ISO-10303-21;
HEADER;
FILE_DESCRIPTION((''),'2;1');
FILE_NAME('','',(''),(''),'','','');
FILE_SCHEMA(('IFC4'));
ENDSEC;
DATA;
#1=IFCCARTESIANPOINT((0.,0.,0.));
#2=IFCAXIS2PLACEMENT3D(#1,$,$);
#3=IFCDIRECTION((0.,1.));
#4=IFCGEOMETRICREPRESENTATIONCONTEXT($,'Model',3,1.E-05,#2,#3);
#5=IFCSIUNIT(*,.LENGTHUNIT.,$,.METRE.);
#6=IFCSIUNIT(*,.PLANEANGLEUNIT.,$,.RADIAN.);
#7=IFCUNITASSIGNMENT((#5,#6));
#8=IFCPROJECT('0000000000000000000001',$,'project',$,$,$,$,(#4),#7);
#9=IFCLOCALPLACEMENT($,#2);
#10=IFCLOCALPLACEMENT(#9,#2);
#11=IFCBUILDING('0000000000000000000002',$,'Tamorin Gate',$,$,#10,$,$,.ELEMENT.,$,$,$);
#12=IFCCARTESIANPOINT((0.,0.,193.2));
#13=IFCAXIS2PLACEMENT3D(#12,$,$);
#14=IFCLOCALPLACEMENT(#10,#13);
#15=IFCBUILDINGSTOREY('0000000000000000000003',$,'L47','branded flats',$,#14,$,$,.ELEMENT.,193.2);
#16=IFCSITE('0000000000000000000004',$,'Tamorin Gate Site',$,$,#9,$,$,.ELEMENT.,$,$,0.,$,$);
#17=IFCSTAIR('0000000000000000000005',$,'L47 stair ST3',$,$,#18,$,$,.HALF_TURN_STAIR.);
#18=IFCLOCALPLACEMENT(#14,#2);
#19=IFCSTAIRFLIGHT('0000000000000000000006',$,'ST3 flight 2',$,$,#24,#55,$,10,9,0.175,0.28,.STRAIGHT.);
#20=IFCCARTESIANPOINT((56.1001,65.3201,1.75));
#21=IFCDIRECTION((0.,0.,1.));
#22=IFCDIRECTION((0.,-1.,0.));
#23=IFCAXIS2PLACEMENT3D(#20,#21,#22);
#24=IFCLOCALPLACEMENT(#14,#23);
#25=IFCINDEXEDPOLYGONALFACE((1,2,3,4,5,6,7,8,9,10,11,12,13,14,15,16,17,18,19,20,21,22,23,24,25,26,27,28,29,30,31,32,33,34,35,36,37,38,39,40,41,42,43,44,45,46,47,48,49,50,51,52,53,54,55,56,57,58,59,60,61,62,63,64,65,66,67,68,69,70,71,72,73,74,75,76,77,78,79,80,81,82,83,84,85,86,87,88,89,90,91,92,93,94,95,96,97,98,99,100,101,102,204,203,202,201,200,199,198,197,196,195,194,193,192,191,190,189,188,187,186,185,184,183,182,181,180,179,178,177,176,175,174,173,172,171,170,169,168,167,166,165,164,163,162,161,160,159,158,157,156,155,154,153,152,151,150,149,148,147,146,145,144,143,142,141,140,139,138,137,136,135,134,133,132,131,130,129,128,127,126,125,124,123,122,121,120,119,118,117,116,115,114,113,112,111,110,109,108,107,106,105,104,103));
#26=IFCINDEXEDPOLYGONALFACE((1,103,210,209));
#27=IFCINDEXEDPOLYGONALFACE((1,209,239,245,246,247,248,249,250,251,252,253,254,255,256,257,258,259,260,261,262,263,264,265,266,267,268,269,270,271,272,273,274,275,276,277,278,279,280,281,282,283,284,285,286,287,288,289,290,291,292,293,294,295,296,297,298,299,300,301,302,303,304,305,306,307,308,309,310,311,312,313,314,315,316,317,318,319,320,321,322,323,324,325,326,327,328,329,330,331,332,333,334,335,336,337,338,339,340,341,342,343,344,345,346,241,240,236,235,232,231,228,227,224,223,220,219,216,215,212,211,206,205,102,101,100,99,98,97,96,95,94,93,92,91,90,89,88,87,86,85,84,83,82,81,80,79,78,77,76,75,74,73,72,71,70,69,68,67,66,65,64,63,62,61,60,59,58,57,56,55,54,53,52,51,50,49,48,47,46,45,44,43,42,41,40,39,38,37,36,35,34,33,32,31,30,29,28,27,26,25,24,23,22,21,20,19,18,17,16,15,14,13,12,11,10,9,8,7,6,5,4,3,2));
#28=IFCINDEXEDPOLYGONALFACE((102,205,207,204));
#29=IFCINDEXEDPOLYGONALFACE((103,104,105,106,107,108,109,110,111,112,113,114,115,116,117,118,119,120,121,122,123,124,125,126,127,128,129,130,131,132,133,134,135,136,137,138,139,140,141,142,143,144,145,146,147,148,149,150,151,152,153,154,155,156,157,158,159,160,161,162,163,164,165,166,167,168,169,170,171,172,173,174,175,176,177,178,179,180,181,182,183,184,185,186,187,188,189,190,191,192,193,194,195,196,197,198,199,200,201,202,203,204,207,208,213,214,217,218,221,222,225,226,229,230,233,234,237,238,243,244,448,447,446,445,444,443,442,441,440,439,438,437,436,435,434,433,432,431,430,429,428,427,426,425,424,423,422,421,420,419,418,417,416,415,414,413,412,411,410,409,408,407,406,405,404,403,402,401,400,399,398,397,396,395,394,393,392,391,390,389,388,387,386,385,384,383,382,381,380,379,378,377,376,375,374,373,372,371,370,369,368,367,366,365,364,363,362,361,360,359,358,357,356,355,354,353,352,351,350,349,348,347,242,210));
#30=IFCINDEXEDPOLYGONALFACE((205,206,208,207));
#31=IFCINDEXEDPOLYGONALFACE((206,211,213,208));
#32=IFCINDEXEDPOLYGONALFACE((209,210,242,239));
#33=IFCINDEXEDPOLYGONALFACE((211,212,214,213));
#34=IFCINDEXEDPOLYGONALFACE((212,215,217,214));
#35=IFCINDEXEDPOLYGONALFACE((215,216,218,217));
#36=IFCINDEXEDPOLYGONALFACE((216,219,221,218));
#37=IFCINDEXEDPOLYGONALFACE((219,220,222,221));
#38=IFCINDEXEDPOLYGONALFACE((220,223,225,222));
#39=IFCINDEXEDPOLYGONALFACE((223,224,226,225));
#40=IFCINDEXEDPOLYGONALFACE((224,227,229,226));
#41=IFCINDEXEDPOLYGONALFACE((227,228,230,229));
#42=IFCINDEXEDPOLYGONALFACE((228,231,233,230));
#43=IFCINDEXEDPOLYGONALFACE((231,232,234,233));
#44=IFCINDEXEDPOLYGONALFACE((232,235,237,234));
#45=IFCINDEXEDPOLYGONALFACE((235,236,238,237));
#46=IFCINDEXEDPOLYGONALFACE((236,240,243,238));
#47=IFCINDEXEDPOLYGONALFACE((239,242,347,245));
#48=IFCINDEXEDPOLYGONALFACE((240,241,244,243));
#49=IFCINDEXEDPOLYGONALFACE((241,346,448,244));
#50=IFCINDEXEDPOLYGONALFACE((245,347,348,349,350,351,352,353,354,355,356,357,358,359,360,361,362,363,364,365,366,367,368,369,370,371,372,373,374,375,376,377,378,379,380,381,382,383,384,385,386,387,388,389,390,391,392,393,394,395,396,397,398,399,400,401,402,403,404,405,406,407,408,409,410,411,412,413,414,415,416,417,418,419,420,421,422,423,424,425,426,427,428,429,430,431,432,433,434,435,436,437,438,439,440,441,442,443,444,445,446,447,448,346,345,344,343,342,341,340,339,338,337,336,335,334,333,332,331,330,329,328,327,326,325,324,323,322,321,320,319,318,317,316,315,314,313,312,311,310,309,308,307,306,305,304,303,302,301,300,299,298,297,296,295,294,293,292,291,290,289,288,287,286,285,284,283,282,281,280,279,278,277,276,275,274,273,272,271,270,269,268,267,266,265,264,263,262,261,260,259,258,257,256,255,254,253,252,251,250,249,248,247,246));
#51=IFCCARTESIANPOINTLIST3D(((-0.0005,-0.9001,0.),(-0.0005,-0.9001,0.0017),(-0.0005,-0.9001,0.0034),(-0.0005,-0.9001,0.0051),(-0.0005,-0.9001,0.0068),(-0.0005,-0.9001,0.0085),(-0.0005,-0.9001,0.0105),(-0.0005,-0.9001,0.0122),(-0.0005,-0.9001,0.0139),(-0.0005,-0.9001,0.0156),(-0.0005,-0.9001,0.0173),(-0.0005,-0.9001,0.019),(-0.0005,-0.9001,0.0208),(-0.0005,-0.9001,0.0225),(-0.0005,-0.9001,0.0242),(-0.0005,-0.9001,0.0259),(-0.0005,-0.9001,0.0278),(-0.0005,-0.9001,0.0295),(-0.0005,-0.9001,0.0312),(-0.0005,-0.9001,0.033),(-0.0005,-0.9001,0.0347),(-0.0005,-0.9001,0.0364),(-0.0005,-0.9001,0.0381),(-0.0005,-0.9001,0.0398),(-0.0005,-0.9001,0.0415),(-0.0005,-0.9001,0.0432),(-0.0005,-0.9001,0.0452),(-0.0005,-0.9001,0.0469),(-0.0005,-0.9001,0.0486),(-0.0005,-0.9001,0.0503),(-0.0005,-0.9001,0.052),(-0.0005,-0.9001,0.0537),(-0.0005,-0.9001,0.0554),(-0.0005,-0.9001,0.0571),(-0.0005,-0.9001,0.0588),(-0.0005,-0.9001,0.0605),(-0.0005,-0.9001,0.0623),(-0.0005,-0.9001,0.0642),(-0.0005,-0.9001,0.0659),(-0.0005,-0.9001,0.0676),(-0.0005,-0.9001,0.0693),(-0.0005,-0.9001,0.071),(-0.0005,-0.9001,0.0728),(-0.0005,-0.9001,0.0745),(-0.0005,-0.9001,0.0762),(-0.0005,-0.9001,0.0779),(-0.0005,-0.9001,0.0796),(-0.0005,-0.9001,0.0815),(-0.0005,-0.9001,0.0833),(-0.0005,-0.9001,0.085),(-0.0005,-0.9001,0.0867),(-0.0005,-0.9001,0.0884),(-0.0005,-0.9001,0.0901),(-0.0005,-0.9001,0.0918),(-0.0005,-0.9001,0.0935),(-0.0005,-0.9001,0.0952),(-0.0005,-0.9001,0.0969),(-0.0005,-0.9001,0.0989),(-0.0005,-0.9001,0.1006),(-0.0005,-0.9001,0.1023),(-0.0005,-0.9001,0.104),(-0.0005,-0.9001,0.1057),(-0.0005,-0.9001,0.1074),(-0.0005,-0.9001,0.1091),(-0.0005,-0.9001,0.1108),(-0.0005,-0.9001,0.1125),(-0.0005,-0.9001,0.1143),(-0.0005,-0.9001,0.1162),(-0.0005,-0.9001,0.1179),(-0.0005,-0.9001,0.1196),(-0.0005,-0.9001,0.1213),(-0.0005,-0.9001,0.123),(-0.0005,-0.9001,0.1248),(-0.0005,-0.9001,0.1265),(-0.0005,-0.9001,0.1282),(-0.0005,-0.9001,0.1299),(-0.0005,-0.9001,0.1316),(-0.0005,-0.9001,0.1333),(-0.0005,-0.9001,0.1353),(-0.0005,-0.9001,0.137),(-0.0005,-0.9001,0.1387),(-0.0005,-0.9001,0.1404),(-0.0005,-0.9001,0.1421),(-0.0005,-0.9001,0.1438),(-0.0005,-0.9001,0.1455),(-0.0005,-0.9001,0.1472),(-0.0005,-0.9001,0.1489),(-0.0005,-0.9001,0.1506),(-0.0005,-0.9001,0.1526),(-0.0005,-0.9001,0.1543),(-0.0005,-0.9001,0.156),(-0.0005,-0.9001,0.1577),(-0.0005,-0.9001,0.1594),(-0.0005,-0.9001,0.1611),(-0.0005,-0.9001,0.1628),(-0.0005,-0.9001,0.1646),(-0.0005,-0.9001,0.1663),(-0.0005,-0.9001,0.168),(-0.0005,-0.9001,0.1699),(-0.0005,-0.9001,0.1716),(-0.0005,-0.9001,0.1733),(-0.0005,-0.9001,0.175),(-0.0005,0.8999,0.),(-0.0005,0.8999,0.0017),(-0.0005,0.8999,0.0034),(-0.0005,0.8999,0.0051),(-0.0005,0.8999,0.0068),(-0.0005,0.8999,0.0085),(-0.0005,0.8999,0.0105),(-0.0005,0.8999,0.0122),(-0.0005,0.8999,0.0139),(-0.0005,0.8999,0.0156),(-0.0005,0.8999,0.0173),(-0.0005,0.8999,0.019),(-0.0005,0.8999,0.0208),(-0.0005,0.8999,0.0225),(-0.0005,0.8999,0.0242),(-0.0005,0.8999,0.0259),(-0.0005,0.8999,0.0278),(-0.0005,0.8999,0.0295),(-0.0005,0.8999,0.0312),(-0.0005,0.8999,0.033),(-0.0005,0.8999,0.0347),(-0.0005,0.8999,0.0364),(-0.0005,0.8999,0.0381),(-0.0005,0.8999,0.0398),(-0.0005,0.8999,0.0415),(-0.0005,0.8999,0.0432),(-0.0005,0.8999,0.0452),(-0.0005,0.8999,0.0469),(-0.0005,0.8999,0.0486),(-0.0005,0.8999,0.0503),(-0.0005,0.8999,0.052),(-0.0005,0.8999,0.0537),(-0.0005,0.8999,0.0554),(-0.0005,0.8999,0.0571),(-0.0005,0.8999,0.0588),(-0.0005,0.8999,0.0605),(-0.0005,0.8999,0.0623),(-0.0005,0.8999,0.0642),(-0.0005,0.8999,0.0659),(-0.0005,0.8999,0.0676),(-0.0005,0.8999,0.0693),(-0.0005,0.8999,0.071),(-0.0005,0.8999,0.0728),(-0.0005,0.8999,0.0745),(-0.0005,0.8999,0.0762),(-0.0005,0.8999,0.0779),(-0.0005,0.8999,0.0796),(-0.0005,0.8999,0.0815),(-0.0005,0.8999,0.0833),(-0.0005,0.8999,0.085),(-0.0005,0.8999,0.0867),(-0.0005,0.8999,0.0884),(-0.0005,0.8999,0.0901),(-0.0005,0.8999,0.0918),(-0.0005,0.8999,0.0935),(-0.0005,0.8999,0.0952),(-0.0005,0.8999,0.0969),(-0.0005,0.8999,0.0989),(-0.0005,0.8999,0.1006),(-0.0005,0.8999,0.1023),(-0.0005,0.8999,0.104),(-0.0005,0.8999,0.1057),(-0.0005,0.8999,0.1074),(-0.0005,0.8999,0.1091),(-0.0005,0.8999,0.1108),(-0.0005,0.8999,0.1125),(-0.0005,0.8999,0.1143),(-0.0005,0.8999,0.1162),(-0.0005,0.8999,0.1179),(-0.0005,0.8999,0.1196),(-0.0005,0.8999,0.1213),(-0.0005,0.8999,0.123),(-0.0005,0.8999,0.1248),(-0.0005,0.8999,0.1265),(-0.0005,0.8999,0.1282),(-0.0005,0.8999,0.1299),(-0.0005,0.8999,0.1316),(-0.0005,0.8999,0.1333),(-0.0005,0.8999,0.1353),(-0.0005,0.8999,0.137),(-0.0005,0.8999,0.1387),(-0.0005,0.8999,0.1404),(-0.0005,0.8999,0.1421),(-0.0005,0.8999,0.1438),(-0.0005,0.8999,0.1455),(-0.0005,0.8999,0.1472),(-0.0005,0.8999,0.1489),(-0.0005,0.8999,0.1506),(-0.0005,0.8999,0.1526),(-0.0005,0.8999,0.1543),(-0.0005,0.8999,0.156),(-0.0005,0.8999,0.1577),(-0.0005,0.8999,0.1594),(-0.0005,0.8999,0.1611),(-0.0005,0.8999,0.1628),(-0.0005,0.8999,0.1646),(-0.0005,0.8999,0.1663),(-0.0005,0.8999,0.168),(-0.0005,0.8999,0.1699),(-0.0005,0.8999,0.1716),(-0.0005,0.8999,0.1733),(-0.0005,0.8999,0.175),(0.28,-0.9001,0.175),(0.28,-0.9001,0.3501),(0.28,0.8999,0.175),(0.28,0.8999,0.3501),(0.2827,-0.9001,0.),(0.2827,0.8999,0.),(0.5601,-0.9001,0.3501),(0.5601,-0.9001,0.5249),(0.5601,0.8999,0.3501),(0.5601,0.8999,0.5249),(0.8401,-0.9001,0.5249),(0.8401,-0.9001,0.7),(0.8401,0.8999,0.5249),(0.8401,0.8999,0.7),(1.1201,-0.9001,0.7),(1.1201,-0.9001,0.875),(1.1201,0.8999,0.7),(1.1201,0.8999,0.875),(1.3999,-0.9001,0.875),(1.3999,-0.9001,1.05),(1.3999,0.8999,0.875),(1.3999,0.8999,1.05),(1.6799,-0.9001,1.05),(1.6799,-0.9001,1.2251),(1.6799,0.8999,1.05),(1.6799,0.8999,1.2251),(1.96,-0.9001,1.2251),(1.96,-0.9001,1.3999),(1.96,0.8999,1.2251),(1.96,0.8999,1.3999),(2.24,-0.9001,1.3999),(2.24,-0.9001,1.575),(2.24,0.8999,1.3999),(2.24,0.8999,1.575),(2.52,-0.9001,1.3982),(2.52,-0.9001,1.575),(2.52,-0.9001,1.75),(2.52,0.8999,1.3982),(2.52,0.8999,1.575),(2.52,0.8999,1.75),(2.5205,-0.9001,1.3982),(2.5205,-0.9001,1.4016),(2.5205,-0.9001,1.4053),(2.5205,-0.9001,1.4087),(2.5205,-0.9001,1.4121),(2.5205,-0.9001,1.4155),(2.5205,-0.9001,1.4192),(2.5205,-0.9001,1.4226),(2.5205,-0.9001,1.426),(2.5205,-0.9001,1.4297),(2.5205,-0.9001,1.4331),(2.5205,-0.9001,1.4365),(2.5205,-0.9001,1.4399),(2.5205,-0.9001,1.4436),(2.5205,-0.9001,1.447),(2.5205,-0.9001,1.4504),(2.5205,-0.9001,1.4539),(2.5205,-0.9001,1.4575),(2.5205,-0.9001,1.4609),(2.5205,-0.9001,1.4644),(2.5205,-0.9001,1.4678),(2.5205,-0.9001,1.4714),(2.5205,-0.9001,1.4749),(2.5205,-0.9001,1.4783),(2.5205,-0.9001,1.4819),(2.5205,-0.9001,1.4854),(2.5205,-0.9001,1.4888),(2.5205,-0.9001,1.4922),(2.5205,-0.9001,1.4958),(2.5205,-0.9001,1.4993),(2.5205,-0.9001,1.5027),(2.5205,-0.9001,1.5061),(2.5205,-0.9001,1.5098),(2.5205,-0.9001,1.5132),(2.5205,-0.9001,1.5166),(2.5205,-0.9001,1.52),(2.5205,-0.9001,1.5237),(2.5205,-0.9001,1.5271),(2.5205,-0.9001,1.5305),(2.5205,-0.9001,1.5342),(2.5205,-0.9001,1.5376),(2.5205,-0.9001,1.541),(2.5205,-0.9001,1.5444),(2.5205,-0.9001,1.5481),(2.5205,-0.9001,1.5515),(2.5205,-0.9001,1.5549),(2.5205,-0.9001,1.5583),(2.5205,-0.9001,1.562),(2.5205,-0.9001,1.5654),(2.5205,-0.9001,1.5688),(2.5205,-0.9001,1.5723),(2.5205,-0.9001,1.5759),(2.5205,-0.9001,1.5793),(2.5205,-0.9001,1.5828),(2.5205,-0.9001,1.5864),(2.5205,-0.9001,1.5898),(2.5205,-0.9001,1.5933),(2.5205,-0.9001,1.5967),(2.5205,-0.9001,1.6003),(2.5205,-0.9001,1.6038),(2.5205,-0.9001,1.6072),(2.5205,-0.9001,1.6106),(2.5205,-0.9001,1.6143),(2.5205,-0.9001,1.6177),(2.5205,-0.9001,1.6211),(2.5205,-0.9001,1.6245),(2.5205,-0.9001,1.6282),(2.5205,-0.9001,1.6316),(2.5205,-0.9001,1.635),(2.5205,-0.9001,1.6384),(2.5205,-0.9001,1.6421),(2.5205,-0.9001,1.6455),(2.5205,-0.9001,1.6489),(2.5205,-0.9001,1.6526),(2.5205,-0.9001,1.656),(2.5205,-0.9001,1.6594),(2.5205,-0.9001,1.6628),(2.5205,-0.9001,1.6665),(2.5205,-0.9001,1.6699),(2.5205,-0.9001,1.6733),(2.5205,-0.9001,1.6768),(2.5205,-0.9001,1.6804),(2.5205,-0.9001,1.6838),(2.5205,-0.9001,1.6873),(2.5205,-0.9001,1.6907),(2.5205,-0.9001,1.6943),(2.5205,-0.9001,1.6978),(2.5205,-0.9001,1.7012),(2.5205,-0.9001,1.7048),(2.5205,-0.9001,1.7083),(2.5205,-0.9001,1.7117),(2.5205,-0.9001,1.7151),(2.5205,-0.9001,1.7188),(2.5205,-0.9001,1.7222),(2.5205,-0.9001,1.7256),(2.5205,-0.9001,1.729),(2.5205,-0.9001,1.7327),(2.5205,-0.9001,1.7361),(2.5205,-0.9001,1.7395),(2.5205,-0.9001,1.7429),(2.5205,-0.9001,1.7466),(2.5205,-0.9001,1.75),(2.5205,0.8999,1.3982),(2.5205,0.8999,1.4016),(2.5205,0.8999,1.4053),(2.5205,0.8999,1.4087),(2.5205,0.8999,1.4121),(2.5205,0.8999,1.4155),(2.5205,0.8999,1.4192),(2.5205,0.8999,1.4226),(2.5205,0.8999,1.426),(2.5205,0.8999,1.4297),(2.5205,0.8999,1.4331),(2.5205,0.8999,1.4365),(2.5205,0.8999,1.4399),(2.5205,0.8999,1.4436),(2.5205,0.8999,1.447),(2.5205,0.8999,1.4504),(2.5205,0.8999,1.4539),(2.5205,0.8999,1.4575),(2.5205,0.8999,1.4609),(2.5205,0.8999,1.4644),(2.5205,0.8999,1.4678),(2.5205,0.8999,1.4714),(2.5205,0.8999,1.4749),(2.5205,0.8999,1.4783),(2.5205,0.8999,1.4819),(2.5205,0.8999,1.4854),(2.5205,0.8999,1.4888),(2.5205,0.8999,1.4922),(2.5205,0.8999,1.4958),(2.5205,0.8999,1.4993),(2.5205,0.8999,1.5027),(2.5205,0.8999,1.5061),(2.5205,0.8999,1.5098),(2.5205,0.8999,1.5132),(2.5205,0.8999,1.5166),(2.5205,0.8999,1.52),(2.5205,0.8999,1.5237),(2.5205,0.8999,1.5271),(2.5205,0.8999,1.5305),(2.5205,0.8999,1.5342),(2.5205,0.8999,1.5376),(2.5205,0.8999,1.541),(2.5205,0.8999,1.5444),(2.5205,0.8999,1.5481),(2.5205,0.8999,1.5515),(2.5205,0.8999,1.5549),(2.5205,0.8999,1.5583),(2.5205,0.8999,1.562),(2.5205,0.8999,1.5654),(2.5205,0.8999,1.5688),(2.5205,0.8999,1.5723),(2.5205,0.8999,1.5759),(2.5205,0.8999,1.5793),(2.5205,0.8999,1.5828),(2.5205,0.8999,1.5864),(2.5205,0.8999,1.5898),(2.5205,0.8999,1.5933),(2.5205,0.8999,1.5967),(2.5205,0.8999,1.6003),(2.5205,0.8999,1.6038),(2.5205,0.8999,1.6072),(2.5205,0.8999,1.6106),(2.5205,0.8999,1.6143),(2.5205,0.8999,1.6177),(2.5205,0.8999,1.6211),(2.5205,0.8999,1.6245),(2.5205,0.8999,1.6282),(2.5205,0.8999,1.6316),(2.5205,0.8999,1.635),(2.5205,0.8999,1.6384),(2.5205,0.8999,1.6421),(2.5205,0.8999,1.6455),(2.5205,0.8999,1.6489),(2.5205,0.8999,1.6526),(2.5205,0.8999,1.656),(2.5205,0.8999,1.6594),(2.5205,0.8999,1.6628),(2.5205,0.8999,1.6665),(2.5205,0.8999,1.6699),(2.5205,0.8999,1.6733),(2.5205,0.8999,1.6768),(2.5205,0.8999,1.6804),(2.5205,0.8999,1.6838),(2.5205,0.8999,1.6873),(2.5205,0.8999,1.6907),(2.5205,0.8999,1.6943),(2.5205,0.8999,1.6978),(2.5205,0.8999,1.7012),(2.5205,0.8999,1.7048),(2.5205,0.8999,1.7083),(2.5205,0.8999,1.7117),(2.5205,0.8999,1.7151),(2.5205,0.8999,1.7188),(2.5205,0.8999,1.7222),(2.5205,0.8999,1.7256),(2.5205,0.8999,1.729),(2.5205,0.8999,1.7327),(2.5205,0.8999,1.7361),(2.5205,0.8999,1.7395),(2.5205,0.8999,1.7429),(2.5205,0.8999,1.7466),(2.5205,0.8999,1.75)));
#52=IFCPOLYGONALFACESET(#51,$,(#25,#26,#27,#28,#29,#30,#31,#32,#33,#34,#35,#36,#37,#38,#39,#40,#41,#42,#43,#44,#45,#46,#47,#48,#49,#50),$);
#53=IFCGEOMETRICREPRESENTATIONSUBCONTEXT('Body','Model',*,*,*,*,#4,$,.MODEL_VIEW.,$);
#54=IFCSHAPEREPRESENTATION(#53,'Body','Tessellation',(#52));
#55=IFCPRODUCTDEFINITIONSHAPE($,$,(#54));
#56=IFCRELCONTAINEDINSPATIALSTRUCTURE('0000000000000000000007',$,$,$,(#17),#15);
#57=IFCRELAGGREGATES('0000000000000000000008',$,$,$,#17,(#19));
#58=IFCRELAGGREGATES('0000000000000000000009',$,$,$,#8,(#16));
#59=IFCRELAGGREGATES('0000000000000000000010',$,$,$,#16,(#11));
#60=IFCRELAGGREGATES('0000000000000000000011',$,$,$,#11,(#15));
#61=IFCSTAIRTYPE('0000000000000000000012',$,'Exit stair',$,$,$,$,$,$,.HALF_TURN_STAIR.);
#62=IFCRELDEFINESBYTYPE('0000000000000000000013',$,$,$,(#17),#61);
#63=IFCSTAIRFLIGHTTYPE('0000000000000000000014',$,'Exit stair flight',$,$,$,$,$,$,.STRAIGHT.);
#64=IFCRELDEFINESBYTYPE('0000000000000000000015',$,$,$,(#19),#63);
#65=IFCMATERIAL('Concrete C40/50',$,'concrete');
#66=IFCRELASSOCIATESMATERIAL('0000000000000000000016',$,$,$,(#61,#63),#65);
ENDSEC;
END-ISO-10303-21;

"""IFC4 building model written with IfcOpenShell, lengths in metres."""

from ifc_helpers import new_model, si_unit, direction, frame, origin, place, context, subcontext, project, spatial, polyline, outline, extrude, material, type_object, element, aggregate, save


model = new_model("IFC4")

# Units and contexts
model_context = context("Model", 3, precision=1e-05, world=origin(), true_north=direction((0.0, 1.0)))
body_context = subcontext(model_context, "Body", "Model", "MODEL_VIEW")
ifc_project = project(units=[si_unit("LENGTHUNIT", "METRE"), si_unit("PLANEANGLEUNIT", "RADIAN")], contexts=[model_context])

# Site, building, storey
site_placement = place(None, origin())
site = spatial("IfcSite", under=ifc_project, at=site_placement, Name="Tamorin Gate Site", CompositionType="ELEMENT", RefElevation=0.0)
building_placement = place(site_placement, origin())
building = spatial("IfcBuilding", under=site, at=building_placement, Name="Tamorin Gate", CompositionType="ELEMENT")
storey_placement = place(building_placement, frame((0.0, 0.0, 193.2)))
storey = spatial("IfcBuildingStorey", under=building, at=storey_placement, Name="L47", Description="branded flats", CompositionType="ELEMENT", Elevation=193.2)

# Shared definitions
ifc_material_1 = material(Name="Concrete C40/50", Category="concrete")

# Stair, stair flight
stair_type = type_object("IfcStairType", Name="Exit stair", PredefinedType="HALF_TURN_STAIR", material=ifc_material_1)
stair_placement = place(storey_placement, origin())
stair = element("IfcStair", 1, at=stair_placement, inside=storey, type_object=stair_type, Name="L47 stair ST3", PredefinedType="HALF_TURN_STAIR")
stair_flight_type = type_object("IfcStairFlightType", Name="Exit stair flight", PredefinedType="STRAIGHT", material=ifc_material_1)
stair_flight_1_placement = place(storey_placement, frame((56.1001, 65.3201, 1.75), z_axis=(0.0, 0.0, 1.0), x_axis=(0.0, -1.0, 0.0)))
stair_flight_1 = element("IfcStairFlight", 2, at=stair_flight_1_placement, type_object=stair_flight_type, Name="ST3 flight 2", NumberOfRisers=10, NumberOfTreads=9, PredefinedType="STRAIGHT", RiserHeight=0.175, TreadLength=0.28, context=body_context, shape_type="SweptSolid", body=[
    extrude(outline(polyline([(-0.0005, 0.0), (-0.0005, 0.0017), (-0.0005, 0.0034), (-0.0005, 0.0051), (-0.0005, 0.0068), (-0.0005, 0.0085), (-0.0005, 0.0105), (-0.0005, 0.0122), (-0.0005, 0.0139), (-0.0005, 0.0156), (-0.0005, 0.0173), (-0.0005, 0.019), (-0.0005, 0.0208), (-0.0005, 0.0225), (-0.0005, 0.0242), (-0.0005, 0.0259), (-0.0005, 0.0278), (-0.0005, 0.0295), (-0.0005, 0.0312), (-0.0005, 0.033), (-0.0005, 0.0347), (-0.0005, 0.0364), (-0.0005, 0.0381), (-0.0005, 0.0398), (-0.0005, 0.0415), (-0.0005, 0.0432), (-0.0005, 0.0452), (-0.0005, 0.0469), (-0.0005, 0.0486), (-0.0005, 0.0503), (-0.0005, 0.052), (-0.0005, 0.0537), (-0.0005, 0.0554), (-0.0005, 0.0571), (-0.0005, 0.0588), (-0.0005, 0.0605), (-0.0005, 0.0623), (-0.0005, 0.0642), (-0.0005, 0.0659), (-0.0005, 0.0676), (-0.0005, 0.0693), (-0.0005, 0.071), (-0.0005, 0.0728), (-0.0005, 0.0745), (-0.0005, 0.0762), (-0.0005, 0.0779), (-0.0005, 0.0796), (-0.0005, 0.0815), (-0.0005, 0.0833), (-0.0005, 0.085), (-0.0005, 0.0867), (-0.0005, 0.0884), (-0.0005, 0.0901), (-0.0005, 0.0918), (-0.0005, 0.0935), (-0.0005, 0.0952), (-0.0005, 0.0969), (-0.0005, 0.0989), (-0.0005, 0.1006), (-0.0005, 0.1023), (-0.0005, 0.104), (-0.0005, 0.1057), (-0.0005, 0.1074), (-0.0005, 0.1091), (-0.0005, 0.1108), (-0.0005, 0.1125), (-0.0005, 0.1143), (-0.0005, 0.1162), (-0.0005, 0.1179), (-0.0005, 0.1196), (-0.0005, 0.1213), (-0.0005, 0.123), (-0.0005, 0.1248), (-0.0005, 0.1265), (-0.0005, 0.1282), (-0.0005, 0.1299), (-0.0005, 0.1316), (-0.0005, 0.1333), (-0.0005, 0.1353), (-0.0005, 0.137), (-0.0005, 0.1387), (-0.0005, 0.1404), (-0.0005, 0.1421), (-0.0005, 0.1438), (-0.0005, 0.1455), (-0.0005, 0.1472), (-0.0005, 0.1489), (-0.0005, 0.1506), (-0.0005, 0.1526), (-0.0005, 0.1543), (-0.0005, 0.156), (-0.0005, 0.1577), (-0.0005, 0.1594), (-0.0005, 0.1611), (-0.0005, 0.1628), (-0.0005, 0.1646), (-0.0005, 0.1663), (-0.0005, 0.168), (-0.0005, 0.1699), (-0.0005, 0.1716), (-0.0005, 0.1733), (-0.0005, 0.175), (0.28, 0.175), (0.28, 0.3501), (0.5601, 0.3501), (0.5601, 0.5249), (0.8401, 0.5249), (0.8401, 0.7), (1.1201, 0.7), (1.1201, 0.875), (1.3999, 0.875), (1.3999, 1.05), (1.6799, 1.05), (1.6799, 1.2251), (1.96, 1.2251), (1.96, 1.3999), (2.24, 1.3999), (2.24, 1.575), (2.52, 1.575), (2.52, 1.75), (2.5205, 1.75), (2.5205, 1.7466), (2.5205, 1.7429), (2.5205, 1.7395), (2.5205, 1.7361), (2.5205, 1.7327), (2.5205, 1.729), (2.5205, 1.7256), (2.5205, 1.7222), (2.5205, 1.7188), (2.5205, 1.7151), (2.5205, 1.7117), (2.5205, 1.7083), (2.5205, 1.7048), (2.5205, 1.7012), (2.5205, 1.6978), (2.5205, 1.6943), (2.5205, 1.6907), (2.5205, 1.6873), (2.5205, 1.6838), (2.5205, 1.6804), (2.5205, 1.6768), (2.5205, 1.6733), (2.5205, 1.6699), (2.5205, 1.6665), (2.5205, 1.6628), (2.5205, 1.6594), (2.5205, 1.656), (2.5205, 1.6526), (2.5205, 1.6489), (2.5205, 1.6455), (2.5205, 1.6421), (2.5205, 1.6384), (2.5205, 1.635), (2.5205, 1.6316), (2.5205, 1.6282), (2.5205, 1.6245), (2.5205, 1.6211), (2.5205, 1.6177), (2.5205, 1.6143), (2.5205, 1.6106), (2.5205, 1.6072), (2.5205, 1.6038), (2.5205, 1.6003), (2.5205, 1.5967), (2.5205, 1.5933), (2.5205, 1.5898), (2.5205, 1.5864), (2.5205, 1.5828), (2.5205, 1.5793), (2.5205, 1.5759), (2.5205, 1.5723), (2.5205, 1.5688), (2.5205, 1.5654), (2.5205, 1.562), (2.5205, 1.5583), (2.5205, 1.5549), (2.5205, 1.5515), (2.5205, 1.5481), (2.5205, 1.5444), (2.5205, 1.541), (2.5205, 1.5376), (2.5205, 1.5342), (2.5205, 1.5305), (2.5205, 1.5271), (2.5205, 1.5237), (2.5205, 1.52), (2.5205, 1.5166), (2.5205, 1.5132), (2.5205, 1.5098), (2.5205, 1.5061), (2.5205, 1.5027), (2.5205, 1.4993), (2.5205, 1.4958), (2.5205, 1.4922), (2.5205, 1.4888), (2.5205, 1.4854), (2.5205, 1.4819), (2.5205, 1.4783), (2.5205, 1.4749), (2.5205, 1.4714), (2.5205, 1.4678), (2.5205, 1.4644), (2.5205, 1.4609), (2.5205, 1.4575), (2.5205, 1.4539), (2.5205, 1.4504), (2.5205, 1.447), (2.5205, 1.4436), (2.5205, 1.4399), (2.5205, 1.4365), (2.5205, 1.4331), (2.5205, 1.4297), (2.5205, 1.426), (2.5205, 1.4226), (2.5205, 1.4192), (2.5205, 1.4155), (2.5205, 1.4121), (2.5205, 1.4087), (2.5205, 1.4053), (2.5205, 1.4016), (2.5205, 1.3982), (2.52, 1.3982), (0.2827, 0.0), (-0.0005, 0.0)])), frame((0.0, 0.8999, 0.0), z_axis=(0.0, -1.0, 0.0), x_axis=(1.0, 0.0, 0.0)), (0.0, 0.0, 1.0), 1.8),
])
aggregate(stair, [stair_flight_1])

save(model, "model.ifc")
